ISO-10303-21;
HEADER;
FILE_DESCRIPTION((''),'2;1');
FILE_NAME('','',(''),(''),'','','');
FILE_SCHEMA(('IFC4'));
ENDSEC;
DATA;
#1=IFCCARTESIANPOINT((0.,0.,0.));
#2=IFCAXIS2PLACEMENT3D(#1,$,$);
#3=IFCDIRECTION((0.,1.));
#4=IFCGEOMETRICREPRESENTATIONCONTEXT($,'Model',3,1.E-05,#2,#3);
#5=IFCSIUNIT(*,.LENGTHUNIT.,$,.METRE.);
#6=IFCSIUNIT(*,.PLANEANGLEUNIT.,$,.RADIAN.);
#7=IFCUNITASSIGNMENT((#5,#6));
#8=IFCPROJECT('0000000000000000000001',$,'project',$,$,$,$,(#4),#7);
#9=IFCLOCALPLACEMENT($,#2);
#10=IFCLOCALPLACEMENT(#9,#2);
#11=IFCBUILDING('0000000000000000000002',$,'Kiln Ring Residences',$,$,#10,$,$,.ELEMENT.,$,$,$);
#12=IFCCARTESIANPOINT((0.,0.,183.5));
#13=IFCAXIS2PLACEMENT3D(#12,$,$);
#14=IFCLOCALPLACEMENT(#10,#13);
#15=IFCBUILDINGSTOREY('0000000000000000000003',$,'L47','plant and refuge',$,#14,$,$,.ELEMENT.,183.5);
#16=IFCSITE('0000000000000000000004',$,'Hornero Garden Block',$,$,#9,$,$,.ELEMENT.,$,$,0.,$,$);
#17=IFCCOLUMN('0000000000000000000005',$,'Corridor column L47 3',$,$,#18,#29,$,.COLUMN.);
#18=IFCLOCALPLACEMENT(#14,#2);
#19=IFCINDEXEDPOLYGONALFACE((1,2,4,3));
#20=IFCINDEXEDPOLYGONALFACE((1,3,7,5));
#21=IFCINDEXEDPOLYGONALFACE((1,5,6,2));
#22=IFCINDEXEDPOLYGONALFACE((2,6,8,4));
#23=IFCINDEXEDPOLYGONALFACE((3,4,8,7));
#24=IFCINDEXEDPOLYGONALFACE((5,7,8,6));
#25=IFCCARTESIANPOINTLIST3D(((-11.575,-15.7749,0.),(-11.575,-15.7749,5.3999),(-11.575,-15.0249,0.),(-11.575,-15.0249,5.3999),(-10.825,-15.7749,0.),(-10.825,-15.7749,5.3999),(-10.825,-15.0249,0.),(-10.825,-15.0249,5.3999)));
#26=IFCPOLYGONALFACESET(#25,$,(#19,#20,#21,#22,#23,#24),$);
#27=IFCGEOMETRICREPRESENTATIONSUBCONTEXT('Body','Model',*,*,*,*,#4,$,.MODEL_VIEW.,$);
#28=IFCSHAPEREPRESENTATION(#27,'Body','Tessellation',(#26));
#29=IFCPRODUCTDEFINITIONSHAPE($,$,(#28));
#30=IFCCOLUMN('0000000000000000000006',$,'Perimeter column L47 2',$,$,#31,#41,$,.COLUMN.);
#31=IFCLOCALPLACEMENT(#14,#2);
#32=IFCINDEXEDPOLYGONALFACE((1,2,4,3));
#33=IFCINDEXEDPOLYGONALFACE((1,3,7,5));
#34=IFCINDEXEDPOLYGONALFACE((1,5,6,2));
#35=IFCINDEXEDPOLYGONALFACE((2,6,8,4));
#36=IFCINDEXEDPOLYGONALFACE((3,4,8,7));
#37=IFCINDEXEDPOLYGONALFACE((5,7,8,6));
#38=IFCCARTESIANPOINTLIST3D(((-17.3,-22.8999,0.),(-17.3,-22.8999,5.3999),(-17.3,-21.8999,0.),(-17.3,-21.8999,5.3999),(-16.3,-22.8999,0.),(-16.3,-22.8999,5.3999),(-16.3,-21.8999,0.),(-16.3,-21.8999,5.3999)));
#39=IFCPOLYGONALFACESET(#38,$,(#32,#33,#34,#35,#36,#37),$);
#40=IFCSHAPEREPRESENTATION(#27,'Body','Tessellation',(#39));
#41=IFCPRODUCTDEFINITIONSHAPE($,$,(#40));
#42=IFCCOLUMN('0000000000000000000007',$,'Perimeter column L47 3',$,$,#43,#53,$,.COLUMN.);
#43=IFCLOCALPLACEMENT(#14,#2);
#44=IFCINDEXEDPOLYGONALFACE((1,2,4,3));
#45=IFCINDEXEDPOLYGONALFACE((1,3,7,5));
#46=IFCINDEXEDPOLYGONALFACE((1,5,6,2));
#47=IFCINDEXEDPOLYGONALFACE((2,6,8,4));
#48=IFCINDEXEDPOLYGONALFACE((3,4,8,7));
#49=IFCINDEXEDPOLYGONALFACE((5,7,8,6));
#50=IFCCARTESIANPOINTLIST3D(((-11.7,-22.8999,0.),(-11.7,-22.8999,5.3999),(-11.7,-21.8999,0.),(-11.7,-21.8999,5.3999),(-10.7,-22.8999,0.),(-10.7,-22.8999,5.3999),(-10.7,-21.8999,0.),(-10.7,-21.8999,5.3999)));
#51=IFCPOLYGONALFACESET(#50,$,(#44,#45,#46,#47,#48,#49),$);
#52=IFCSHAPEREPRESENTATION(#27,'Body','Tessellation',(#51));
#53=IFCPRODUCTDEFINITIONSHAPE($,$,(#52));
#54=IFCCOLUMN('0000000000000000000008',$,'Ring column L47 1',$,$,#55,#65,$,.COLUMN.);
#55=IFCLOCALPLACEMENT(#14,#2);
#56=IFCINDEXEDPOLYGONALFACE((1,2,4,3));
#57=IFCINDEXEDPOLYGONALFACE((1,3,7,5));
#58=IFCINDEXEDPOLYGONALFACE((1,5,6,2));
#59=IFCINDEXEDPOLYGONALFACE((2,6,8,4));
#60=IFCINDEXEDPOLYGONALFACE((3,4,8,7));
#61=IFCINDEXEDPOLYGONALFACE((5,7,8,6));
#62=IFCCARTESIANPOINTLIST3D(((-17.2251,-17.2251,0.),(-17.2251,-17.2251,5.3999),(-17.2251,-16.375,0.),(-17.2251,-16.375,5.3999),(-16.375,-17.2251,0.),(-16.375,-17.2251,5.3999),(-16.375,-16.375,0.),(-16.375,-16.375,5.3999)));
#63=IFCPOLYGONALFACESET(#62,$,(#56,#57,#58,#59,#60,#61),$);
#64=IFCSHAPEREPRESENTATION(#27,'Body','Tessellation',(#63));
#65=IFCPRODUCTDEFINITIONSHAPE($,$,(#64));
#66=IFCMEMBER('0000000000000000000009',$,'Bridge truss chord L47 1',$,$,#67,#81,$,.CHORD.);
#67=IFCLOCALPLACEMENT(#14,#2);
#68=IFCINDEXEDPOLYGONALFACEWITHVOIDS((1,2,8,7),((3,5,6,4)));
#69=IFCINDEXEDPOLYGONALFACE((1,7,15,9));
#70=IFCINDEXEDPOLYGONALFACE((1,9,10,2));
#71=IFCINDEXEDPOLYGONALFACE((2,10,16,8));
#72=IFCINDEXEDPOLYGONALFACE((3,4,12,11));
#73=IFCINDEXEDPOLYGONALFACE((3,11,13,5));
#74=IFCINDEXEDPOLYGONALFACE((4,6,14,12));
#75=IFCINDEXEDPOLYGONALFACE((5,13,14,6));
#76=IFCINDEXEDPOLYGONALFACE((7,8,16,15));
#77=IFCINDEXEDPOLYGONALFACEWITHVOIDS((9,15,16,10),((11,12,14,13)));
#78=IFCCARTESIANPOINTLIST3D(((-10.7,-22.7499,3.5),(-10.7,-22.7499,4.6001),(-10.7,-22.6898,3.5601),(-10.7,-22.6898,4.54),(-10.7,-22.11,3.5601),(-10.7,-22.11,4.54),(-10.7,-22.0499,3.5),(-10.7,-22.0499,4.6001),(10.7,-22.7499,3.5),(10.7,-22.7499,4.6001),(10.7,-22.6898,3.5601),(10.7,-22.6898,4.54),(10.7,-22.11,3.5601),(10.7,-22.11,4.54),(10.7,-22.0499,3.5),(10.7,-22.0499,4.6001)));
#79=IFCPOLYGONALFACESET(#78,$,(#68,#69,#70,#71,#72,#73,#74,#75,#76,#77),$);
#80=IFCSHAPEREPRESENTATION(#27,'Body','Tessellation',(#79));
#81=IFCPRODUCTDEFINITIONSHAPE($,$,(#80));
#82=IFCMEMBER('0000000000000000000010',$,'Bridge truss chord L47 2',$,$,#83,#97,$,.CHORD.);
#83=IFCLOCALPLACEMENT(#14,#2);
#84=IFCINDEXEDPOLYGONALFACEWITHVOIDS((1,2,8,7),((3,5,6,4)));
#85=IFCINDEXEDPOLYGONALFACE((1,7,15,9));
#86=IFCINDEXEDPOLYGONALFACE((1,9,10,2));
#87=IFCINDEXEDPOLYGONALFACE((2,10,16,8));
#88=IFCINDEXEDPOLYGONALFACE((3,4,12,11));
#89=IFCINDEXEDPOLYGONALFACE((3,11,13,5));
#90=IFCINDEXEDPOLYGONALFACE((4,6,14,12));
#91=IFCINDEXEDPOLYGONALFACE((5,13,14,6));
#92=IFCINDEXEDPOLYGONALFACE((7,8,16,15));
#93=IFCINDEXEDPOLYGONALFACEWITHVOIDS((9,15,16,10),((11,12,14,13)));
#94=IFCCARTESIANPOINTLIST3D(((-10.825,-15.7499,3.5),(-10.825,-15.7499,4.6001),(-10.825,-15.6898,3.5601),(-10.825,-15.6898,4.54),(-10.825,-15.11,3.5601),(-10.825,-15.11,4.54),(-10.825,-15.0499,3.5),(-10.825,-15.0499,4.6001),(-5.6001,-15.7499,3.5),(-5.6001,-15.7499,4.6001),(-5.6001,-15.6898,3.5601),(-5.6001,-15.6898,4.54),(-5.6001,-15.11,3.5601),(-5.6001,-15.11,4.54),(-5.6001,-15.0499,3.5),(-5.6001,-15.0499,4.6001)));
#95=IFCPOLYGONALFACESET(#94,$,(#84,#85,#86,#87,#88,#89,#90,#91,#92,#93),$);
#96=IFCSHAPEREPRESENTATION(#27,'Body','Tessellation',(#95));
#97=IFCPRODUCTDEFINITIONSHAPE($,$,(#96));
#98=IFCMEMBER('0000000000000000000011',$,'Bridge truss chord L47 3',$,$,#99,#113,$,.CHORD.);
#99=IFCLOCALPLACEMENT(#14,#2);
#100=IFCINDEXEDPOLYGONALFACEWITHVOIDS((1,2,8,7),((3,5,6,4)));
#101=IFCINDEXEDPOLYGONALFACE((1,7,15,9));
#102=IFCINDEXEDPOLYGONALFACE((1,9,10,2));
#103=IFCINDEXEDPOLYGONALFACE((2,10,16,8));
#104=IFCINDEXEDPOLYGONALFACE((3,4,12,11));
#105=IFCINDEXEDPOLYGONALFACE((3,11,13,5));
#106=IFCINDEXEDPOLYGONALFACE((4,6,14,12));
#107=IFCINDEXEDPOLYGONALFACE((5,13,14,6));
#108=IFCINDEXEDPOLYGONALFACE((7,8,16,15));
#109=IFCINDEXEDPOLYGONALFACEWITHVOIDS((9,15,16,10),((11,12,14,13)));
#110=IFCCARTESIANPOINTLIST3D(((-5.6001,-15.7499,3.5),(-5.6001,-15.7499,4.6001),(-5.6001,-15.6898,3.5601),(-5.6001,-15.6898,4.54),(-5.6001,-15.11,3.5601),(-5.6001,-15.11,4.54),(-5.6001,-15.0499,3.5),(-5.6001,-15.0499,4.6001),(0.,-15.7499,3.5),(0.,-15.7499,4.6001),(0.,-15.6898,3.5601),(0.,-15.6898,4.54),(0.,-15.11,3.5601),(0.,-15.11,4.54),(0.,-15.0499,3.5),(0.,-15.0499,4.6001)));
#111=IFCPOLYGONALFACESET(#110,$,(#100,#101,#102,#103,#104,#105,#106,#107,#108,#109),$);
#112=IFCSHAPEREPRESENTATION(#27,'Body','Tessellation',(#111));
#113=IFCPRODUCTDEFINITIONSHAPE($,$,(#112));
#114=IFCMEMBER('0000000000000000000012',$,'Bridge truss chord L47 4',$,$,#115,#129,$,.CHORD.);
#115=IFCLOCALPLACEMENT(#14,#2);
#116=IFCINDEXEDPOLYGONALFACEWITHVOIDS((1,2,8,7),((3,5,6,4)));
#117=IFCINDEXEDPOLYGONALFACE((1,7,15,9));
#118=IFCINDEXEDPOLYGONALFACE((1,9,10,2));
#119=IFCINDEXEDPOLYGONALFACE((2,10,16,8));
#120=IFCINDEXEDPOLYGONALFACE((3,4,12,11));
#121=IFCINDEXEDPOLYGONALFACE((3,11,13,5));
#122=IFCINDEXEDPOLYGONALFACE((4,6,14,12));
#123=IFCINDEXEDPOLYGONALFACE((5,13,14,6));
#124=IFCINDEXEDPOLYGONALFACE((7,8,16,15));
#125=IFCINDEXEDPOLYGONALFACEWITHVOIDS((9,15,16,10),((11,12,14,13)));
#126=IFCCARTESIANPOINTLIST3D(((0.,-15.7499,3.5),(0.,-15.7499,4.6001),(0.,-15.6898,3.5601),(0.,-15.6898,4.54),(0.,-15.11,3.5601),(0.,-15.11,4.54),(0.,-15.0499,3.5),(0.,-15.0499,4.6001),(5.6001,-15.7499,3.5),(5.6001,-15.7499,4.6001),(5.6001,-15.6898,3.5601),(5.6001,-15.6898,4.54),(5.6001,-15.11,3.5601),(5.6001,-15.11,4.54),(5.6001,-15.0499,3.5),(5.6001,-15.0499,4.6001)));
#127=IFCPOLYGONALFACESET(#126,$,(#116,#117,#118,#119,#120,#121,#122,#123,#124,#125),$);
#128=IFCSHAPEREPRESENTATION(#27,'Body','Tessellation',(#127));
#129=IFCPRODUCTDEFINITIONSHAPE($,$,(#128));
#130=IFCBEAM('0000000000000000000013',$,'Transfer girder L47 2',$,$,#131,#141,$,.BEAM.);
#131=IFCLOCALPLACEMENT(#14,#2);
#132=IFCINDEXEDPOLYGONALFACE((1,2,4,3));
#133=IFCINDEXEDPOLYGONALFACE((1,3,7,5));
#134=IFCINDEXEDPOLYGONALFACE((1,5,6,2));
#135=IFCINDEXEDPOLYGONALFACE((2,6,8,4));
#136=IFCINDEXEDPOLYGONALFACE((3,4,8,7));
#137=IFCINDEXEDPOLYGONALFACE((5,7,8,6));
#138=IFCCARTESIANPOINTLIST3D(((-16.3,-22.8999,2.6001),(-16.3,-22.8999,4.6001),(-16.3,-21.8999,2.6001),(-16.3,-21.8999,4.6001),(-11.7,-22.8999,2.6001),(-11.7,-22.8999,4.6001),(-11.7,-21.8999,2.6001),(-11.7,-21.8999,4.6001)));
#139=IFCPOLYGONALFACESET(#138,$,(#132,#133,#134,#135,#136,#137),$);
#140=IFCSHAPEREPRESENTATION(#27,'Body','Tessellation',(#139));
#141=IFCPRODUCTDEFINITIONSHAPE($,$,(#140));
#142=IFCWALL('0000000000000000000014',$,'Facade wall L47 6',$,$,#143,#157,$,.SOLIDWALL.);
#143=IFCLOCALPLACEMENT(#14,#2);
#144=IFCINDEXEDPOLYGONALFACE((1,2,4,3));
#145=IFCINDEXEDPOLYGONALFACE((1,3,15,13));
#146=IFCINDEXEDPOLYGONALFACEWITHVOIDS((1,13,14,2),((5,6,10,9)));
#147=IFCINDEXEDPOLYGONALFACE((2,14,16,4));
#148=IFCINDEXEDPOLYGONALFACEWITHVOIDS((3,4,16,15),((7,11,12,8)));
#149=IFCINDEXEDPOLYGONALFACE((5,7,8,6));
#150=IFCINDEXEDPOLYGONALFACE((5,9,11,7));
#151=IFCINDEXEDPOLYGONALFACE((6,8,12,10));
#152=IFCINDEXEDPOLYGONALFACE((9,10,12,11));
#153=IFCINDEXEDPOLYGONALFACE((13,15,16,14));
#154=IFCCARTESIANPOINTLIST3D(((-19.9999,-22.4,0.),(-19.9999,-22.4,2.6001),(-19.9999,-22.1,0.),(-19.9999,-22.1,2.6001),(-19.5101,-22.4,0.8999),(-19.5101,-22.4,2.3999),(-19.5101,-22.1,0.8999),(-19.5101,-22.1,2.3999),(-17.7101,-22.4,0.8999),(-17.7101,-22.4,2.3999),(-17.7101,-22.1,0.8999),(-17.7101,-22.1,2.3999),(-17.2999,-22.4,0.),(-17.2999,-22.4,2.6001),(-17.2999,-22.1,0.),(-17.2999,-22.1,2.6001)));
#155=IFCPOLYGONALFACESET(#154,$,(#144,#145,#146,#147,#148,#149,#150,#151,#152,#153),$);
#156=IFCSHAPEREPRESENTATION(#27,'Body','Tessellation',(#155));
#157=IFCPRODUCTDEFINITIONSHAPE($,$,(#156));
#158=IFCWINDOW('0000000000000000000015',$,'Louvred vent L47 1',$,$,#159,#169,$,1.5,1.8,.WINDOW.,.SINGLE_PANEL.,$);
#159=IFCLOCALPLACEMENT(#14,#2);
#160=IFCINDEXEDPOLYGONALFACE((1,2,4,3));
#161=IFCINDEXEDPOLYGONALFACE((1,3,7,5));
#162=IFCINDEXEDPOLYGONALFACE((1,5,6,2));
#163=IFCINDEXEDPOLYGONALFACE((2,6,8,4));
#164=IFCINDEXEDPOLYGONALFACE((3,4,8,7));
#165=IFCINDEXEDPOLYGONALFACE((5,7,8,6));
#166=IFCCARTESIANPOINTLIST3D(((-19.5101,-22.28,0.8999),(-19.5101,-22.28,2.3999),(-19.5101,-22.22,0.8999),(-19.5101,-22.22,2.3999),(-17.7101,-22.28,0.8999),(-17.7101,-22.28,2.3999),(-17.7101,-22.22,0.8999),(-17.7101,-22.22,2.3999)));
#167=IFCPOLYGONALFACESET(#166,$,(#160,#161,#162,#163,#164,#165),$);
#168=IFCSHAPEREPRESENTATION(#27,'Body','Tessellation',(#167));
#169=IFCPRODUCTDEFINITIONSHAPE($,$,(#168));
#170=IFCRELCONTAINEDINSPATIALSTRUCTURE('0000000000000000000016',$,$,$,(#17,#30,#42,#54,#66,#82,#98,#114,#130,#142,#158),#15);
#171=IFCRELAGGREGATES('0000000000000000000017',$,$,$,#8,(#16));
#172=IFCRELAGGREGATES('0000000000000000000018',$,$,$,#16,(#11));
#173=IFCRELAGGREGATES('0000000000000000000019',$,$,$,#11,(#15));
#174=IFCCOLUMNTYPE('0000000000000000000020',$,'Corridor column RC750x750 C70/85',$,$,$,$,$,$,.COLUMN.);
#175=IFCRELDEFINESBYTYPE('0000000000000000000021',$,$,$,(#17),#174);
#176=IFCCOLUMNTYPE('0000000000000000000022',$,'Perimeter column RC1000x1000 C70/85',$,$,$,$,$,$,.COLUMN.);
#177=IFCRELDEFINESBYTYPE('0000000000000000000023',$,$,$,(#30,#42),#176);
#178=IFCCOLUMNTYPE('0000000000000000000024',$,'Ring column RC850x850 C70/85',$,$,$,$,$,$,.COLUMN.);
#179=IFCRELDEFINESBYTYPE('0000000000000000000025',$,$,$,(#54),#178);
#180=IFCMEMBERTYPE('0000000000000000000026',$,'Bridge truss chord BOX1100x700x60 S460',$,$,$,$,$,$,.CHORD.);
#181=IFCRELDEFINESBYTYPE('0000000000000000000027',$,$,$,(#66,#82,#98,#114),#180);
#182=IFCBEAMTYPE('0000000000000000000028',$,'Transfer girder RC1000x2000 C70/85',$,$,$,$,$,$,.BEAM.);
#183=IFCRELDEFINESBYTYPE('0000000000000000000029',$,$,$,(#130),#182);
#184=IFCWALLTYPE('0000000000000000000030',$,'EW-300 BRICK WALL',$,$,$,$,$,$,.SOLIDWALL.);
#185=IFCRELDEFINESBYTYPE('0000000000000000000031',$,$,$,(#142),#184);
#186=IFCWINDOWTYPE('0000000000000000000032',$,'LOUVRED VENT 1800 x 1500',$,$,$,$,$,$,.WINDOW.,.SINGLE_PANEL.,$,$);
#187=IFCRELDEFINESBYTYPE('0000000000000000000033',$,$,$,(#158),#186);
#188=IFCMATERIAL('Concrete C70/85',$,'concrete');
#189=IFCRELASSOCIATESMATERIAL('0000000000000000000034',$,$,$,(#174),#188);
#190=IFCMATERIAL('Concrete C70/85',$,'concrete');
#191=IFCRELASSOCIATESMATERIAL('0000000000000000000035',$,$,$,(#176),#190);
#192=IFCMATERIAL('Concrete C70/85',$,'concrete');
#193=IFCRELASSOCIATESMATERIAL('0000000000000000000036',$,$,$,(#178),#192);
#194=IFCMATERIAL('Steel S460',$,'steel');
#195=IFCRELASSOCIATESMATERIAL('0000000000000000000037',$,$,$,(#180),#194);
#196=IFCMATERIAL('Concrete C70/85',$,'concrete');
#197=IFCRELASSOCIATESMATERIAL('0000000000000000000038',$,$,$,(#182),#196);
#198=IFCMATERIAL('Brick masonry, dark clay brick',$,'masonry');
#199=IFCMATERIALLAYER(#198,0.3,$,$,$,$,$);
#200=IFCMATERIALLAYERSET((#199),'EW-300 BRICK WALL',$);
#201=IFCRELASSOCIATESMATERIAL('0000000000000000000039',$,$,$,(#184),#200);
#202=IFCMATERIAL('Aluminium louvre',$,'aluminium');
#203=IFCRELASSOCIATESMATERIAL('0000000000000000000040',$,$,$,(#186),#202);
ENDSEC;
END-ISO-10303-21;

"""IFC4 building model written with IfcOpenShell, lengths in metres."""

from ifc_helpers import new_model, si_unit, direction, frame, frame_2d, origin, origin_2d, place, context, subcontext, project, spatial, rectangle, hollow_rectangle, extrude, material, layer, layer_set, material_profile, profile_set, type_object, element, fill, save


model = new_model("IFC4")

# Units and contexts
model_context = context("Model", 3, precision=1e-05, world=origin(), true_north=direction((0.0, 1.0)))
body_context = subcontext(model_context, "Body", "Model", "MODEL_VIEW")
ifc_project = project(units=[si_unit("LENGTHUNIT", "METRE"), si_unit("PLANEANGLEUNIT", "RADIAN")], contexts=[model_context])

# Site, building, storey
site_placement = place(None, origin())
site = spatial("IfcSite", under=ifc_project, at=site_placement, Name="Hornero Garden Block", CompositionType="ELEMENT", RefElevation=0.0)
building_placement = place(site_placement, origin())
building = spatial("IfcBuilding", under=site, at=building_placement, Name="Kiln Ring Residences", CompositionType="ELEMENT")
storey_placement = place(building_placement, frame((0.0, 0.0, 183.5)))
storey = spatial("IfcBuildingStorey", under=building, at=storey_placement, Name="L47", Description="plant and refuge", CompositionType="ELEMENT", Elevation=183.5)

# Columns
ifc_material_1 = material(Name="Concrete C70/85", Category="concrete")
ifc_material_profile_1 = material_profile(ifc_material_1, rectangle(XDim=0.75, YDim=0.75, at=origin_2d()), Name="RC750x750")
ifc_profile_set_1 = profile_set([ifc_material_profile_1], Name="Concrete C70/85")
column_type_1 = type_object("IfcColumnType", Name="Corridor column RC750x750 C70/85", PredefinedType="COLUMN", material=ifc_profile_set_1)
column_1_placement = place(storey_placement, frame((-11.2, -15.3999, 0.0), z_axis=(0.0, 0.0, 1.0), x_axis=(1.0, 0.0, 0.0)))
element("IfcColumn", 1, at=column_1_placement, inside=storey, type_object=column_type_1, Name="Corridor column L47 3", PredefinedType="COLUMN", context=body_context, shape_type="SweptSolid", body=[
    extrude(rectangle(XDim=0.75, YDim=0.75, at=origin_2d()), origin(), (0.0, 0.0, 1.0), 5.3999),
])
ifc_material_2 = material(Name="Concrete C70/85", Category="concrete")
ifc_material_profile_2 = material_profile(ifc_material_2, rectangle(XDim=1.0, YDim=1.0, at=origin_2d()), Name="RC1000x1000")
ifc_profile_set_2 = profile_set([ifc_material_profile_2], Name="Concrete C70/85")
column_type_2 = type_object("IfcColumnType", Name="Perimeter column RC1000x1000 C70/85", PredefinedType="COLUMN", material=ifc_profile_set_2)
for number, where, z_axis, x_axis, name in (
    (2, (-16.8, -22.3999, 0.0), (0.0, 0.0, 1.0), (1.0, 0.0, 0.0), "Perimeter column L47 2"),
    (3, (-11.2, -22.3999, 0.0), (0.0, 0.0, 1.0), (1.0, 0.0, 0.0), "Perimeter column L47 3"),
):
    element("IfcColumn", number, at=place(storey_placement, frame(where, z_axis=z_axis, x_axis=x_axis)), inside=storey, type_object=column_type_2, Name=name, PredefinedType="COLUMN", context=body_context, shape_type="SweptSolid", body=[
        extrude(rectangle(XDim=1.0, YDim=1.0, at=origin_2d()), origin(), (0.0, 0.0, 1.0), 5.3999),
    ])
ifc_material_3 = material(Name="Concrete C70/85", Category="concrete")
ifc_material_profile_3 = material_profile(ifc_material_3, rectangle(XDim=0.8501, YDim=0.8501, at=origin_2d()), Name="RC850x850")
ifc_profile_set_3 = profile_set([ifc_material_profile_3], Name="Concrete C70/85")
column_type_3 = type_object("IfcColumnType", Name="Ring column RC850x850 C70/85", PredefinedType="COLUMN", material=ifc_profile_set_3)
column_2_placement = place(storey_placement, frame((-16.8, -16.8, 0.0), z_axis=(0.0, 0.0, 1.0), x_axis=(1.0, 0.0, 0.0)))
element("IfcColumn", 4, at=column_2_placement, inside=storey, type_object=column_type_3, Name="Ring column L47 1", PredefinedType="COLUMN", context=body_context, shape_type="SweptSolid", body=[
    extrude(rectangle(XDim=0.8501, YDim=0.8501, at=origin_2d()), origin(), (0.0, 0.0, 1.0), 5.3999),
])

# Members
ifc_material_4 = material(Name="Steel S460", Category="steel")
ifc_material_profile_4 = material_profile(ifc_material_4, hollow_rectangle(XDim=0.7, YDim=1.1001, WallThickness=0.0601, at=origin_2d()), Name="BOX1100x700x60")
ifc_profile_set_4 = profile_set([ifc_material_profile_4], Name="Steel S460")
member_type = type_object("IfcMemberType", Name="Bridge truss chord BOX1100x700x60 S460", PredefinedType="CHORD", material=ifc_profile_set_4)
member_1_placement = place(storey_placement, frame((-10.7, -22.3999, 4.05), z_axis=(1.0, 0.0, 0.0), x_axis=(0.0, 1.0, 0.0)))
element("IfcMember", 5, at=member_1_placement, inside=storey, type_object=member_type, Name="Bridge truss chord L47 1", PredefinedType="CHORD", context=body_context, shape_type="SweptSolid", body=[
    extrude(hollow_rectangle(XDim=0.7, YDim=1.1001, WallThickness=0.0601, at=origin_2d()), origin(), (0.0, 0.0, 1.0), 21.3999),
])
member_2_placement = place(storey_placement, frame((-10.825, -15.3999, 4.05), z_axis=(1.0, 0.0, 0.0), x_axis=(0.0, 1.0, 0.0)))
element("IfcMember", 6, at=member_2_placement, inside=storey, type_object=member_type, Name="Bridge truss chord L47 2", PredefinedType="CHORD", context=body_context, shape_type="SweptSolid", body=[
    extrude(hollow_rectangle(XDim=0.7, YDim=1.1001, WallThickness=0.0601, at=origin_2d()), origin(), (0.0, 0.0, 1.0), 5.2249),
])
for number, where, z_axis, x_axis, name in (
    (7, (-5.6001, -15.3999, 4.05), (1.0, 0.0, 0.0), (0.0, 1.0, 0.0), "Bridge truss chord L47 3"),
    (8, (0.0, -15.3999, 4.05), (1.0, 0.0, 0.0), (0.0, 1.0, 0.0), "Bridge truss chord L47 4"),
):
    element("IfcMember", number, at=place(storey_placement, frame(where, z_axis=z_axis, x_axis=x_axis)), inside=storey, type_object=member_type, Name=name, PredefinedType="CHORD", context=body_context, shape_type="SweptSolid", body=[
        extrude(hollow_rectangle(XDim=0.7, YDim=1.1001, WallThickness=0.0601, at=origin_2d()), origin(), (0.0, 0.0, 1.0), 5.6001),
    ])

# Beam
ifc_material_5 = material(Name="Concrete C70/85", Category="concrete")
ifc_material_profile_5 = material_profile(ifc_material_5, rectangle(XDim=1.0, YDim=2.0, at=origin_2d()), Name="RC1000x2000")
ifc_profile_set_5 = profile_set([ifc_material_profile_5], Name="Concrete C70/85")
beam_type = type_object("IfcBeamType", Name="Transfer girder RC1000x2000 C70/85", PredefinedType="BEAM", material=ifc_profile_set_5)
beam_placement = place(storey_placement, frame((-16.3, -22.3999, 3.6001), z_axis=(1.0, 0.0, 0.0), x_axis=(0.0, 1.0, 0.0)))
element("IfcBeam", 9, at=beam_placement, inside=storey, type_object=beam_type, Name="Transfer girder L47 2", PredefinedType="BEAM", context=body_context, shape_type="SweptSolid", body=[
    extrude(rectangle(XDim=1.0, YDim=2.0, at=origin_2d()), origin(), (0.0, 0.0, 1.0), 4.6001),
])

# Wall, opening, window
ifc_material_6 = material(Name="Brick masonry, dark clay brick", Category="masonry")
ifc_layer_1 = layer(ifc_material_6, 0.3)
ifc_layer_set_1 = layer_set([ifc_layer_1], Name="EW-300 BRICK WALL")
wall_type_1 = type_object("IfcWallType", Name="EW-300 BRICK WALL", PredefinedType="SOLIDWALL", material=ifc_layer_set_1)
wall_1_placement = place(storey_placement, frame((-20.0, -22.25, 0.0), z_axis=(0.0, 0.0, 1.0), x_axis=(1.0, 0.0, 0.0)))
wall_1 = element("IfcWall", 10, at=wall_1_placement, inside=storey, type_object=wall_type_1, Name="Facade wall L47 6", PredefinedType="SOLIDWALL", context=body_context, shape_type="SweptSolid", body=[
    extrude(rectangle(XDim=2.7, YDim=0.3, at=frame_2d((1.3501, 0.0))), origin(), (0.0, 0.0, 1.0), 2.6001),
])
opening_1_placement = place(wall_1_placement, frame((0.49, 0.0, 0.8999)))
opening_1 = element("IfcOpeningElement", 11, at=opening_1_placement, cuts=wall_1, PredefinedType="OPENING", context=body_context, shape_type="SweptSolid", body=[
    extrude(rectangle(XDim=1.8, YDim=1.5, at=frame_2d((0.8999, 0.75))), frame((0.0, 0.1599, 0.0), z_axis=(0.0, -1.0, 0.0), x_axis=(1.0, 0.0, 0.0)), (0.0, 0.0, 1.0), 0.3201),
])
ifc_material_7 = material(Name="Aluminium louvre", Category="aluminium")
window_type = type_object("IfcWindowType", Name="LOUVRED VENT 1800 x 1500", PartitioningType="SINGLE_PANEL", PredefinedType="WINDOW", material=ifc_material_7)
window_1_placement = place(opening_1_placement, origin())
window_1 = element("IfcWindow", 12, at=window_1_placement, inside=storey, type_object=window_type, Name="Louvred vent L47 1", OverallHeight=1.5, OverallWidth=1.8, PartitioningType="SINGLE_PANEL", PredefinedType="WINDOW", context=body_context, shape_type="SweptSolid", body=[
    extrude(rectangle(XDim=1.8, YDim=1.5, at=frame_2d((0.8999, 0.75))), frame((0.0, 0.03, 0.0), z_axis=(0.0, -1.0, 0.0), x_axis=(1.0, 0.0, 0.0)), (0.0, 0.0, 1.0), 0.0601),
])
fill(opening_1, window_1)

save(model, "model.ifc")
